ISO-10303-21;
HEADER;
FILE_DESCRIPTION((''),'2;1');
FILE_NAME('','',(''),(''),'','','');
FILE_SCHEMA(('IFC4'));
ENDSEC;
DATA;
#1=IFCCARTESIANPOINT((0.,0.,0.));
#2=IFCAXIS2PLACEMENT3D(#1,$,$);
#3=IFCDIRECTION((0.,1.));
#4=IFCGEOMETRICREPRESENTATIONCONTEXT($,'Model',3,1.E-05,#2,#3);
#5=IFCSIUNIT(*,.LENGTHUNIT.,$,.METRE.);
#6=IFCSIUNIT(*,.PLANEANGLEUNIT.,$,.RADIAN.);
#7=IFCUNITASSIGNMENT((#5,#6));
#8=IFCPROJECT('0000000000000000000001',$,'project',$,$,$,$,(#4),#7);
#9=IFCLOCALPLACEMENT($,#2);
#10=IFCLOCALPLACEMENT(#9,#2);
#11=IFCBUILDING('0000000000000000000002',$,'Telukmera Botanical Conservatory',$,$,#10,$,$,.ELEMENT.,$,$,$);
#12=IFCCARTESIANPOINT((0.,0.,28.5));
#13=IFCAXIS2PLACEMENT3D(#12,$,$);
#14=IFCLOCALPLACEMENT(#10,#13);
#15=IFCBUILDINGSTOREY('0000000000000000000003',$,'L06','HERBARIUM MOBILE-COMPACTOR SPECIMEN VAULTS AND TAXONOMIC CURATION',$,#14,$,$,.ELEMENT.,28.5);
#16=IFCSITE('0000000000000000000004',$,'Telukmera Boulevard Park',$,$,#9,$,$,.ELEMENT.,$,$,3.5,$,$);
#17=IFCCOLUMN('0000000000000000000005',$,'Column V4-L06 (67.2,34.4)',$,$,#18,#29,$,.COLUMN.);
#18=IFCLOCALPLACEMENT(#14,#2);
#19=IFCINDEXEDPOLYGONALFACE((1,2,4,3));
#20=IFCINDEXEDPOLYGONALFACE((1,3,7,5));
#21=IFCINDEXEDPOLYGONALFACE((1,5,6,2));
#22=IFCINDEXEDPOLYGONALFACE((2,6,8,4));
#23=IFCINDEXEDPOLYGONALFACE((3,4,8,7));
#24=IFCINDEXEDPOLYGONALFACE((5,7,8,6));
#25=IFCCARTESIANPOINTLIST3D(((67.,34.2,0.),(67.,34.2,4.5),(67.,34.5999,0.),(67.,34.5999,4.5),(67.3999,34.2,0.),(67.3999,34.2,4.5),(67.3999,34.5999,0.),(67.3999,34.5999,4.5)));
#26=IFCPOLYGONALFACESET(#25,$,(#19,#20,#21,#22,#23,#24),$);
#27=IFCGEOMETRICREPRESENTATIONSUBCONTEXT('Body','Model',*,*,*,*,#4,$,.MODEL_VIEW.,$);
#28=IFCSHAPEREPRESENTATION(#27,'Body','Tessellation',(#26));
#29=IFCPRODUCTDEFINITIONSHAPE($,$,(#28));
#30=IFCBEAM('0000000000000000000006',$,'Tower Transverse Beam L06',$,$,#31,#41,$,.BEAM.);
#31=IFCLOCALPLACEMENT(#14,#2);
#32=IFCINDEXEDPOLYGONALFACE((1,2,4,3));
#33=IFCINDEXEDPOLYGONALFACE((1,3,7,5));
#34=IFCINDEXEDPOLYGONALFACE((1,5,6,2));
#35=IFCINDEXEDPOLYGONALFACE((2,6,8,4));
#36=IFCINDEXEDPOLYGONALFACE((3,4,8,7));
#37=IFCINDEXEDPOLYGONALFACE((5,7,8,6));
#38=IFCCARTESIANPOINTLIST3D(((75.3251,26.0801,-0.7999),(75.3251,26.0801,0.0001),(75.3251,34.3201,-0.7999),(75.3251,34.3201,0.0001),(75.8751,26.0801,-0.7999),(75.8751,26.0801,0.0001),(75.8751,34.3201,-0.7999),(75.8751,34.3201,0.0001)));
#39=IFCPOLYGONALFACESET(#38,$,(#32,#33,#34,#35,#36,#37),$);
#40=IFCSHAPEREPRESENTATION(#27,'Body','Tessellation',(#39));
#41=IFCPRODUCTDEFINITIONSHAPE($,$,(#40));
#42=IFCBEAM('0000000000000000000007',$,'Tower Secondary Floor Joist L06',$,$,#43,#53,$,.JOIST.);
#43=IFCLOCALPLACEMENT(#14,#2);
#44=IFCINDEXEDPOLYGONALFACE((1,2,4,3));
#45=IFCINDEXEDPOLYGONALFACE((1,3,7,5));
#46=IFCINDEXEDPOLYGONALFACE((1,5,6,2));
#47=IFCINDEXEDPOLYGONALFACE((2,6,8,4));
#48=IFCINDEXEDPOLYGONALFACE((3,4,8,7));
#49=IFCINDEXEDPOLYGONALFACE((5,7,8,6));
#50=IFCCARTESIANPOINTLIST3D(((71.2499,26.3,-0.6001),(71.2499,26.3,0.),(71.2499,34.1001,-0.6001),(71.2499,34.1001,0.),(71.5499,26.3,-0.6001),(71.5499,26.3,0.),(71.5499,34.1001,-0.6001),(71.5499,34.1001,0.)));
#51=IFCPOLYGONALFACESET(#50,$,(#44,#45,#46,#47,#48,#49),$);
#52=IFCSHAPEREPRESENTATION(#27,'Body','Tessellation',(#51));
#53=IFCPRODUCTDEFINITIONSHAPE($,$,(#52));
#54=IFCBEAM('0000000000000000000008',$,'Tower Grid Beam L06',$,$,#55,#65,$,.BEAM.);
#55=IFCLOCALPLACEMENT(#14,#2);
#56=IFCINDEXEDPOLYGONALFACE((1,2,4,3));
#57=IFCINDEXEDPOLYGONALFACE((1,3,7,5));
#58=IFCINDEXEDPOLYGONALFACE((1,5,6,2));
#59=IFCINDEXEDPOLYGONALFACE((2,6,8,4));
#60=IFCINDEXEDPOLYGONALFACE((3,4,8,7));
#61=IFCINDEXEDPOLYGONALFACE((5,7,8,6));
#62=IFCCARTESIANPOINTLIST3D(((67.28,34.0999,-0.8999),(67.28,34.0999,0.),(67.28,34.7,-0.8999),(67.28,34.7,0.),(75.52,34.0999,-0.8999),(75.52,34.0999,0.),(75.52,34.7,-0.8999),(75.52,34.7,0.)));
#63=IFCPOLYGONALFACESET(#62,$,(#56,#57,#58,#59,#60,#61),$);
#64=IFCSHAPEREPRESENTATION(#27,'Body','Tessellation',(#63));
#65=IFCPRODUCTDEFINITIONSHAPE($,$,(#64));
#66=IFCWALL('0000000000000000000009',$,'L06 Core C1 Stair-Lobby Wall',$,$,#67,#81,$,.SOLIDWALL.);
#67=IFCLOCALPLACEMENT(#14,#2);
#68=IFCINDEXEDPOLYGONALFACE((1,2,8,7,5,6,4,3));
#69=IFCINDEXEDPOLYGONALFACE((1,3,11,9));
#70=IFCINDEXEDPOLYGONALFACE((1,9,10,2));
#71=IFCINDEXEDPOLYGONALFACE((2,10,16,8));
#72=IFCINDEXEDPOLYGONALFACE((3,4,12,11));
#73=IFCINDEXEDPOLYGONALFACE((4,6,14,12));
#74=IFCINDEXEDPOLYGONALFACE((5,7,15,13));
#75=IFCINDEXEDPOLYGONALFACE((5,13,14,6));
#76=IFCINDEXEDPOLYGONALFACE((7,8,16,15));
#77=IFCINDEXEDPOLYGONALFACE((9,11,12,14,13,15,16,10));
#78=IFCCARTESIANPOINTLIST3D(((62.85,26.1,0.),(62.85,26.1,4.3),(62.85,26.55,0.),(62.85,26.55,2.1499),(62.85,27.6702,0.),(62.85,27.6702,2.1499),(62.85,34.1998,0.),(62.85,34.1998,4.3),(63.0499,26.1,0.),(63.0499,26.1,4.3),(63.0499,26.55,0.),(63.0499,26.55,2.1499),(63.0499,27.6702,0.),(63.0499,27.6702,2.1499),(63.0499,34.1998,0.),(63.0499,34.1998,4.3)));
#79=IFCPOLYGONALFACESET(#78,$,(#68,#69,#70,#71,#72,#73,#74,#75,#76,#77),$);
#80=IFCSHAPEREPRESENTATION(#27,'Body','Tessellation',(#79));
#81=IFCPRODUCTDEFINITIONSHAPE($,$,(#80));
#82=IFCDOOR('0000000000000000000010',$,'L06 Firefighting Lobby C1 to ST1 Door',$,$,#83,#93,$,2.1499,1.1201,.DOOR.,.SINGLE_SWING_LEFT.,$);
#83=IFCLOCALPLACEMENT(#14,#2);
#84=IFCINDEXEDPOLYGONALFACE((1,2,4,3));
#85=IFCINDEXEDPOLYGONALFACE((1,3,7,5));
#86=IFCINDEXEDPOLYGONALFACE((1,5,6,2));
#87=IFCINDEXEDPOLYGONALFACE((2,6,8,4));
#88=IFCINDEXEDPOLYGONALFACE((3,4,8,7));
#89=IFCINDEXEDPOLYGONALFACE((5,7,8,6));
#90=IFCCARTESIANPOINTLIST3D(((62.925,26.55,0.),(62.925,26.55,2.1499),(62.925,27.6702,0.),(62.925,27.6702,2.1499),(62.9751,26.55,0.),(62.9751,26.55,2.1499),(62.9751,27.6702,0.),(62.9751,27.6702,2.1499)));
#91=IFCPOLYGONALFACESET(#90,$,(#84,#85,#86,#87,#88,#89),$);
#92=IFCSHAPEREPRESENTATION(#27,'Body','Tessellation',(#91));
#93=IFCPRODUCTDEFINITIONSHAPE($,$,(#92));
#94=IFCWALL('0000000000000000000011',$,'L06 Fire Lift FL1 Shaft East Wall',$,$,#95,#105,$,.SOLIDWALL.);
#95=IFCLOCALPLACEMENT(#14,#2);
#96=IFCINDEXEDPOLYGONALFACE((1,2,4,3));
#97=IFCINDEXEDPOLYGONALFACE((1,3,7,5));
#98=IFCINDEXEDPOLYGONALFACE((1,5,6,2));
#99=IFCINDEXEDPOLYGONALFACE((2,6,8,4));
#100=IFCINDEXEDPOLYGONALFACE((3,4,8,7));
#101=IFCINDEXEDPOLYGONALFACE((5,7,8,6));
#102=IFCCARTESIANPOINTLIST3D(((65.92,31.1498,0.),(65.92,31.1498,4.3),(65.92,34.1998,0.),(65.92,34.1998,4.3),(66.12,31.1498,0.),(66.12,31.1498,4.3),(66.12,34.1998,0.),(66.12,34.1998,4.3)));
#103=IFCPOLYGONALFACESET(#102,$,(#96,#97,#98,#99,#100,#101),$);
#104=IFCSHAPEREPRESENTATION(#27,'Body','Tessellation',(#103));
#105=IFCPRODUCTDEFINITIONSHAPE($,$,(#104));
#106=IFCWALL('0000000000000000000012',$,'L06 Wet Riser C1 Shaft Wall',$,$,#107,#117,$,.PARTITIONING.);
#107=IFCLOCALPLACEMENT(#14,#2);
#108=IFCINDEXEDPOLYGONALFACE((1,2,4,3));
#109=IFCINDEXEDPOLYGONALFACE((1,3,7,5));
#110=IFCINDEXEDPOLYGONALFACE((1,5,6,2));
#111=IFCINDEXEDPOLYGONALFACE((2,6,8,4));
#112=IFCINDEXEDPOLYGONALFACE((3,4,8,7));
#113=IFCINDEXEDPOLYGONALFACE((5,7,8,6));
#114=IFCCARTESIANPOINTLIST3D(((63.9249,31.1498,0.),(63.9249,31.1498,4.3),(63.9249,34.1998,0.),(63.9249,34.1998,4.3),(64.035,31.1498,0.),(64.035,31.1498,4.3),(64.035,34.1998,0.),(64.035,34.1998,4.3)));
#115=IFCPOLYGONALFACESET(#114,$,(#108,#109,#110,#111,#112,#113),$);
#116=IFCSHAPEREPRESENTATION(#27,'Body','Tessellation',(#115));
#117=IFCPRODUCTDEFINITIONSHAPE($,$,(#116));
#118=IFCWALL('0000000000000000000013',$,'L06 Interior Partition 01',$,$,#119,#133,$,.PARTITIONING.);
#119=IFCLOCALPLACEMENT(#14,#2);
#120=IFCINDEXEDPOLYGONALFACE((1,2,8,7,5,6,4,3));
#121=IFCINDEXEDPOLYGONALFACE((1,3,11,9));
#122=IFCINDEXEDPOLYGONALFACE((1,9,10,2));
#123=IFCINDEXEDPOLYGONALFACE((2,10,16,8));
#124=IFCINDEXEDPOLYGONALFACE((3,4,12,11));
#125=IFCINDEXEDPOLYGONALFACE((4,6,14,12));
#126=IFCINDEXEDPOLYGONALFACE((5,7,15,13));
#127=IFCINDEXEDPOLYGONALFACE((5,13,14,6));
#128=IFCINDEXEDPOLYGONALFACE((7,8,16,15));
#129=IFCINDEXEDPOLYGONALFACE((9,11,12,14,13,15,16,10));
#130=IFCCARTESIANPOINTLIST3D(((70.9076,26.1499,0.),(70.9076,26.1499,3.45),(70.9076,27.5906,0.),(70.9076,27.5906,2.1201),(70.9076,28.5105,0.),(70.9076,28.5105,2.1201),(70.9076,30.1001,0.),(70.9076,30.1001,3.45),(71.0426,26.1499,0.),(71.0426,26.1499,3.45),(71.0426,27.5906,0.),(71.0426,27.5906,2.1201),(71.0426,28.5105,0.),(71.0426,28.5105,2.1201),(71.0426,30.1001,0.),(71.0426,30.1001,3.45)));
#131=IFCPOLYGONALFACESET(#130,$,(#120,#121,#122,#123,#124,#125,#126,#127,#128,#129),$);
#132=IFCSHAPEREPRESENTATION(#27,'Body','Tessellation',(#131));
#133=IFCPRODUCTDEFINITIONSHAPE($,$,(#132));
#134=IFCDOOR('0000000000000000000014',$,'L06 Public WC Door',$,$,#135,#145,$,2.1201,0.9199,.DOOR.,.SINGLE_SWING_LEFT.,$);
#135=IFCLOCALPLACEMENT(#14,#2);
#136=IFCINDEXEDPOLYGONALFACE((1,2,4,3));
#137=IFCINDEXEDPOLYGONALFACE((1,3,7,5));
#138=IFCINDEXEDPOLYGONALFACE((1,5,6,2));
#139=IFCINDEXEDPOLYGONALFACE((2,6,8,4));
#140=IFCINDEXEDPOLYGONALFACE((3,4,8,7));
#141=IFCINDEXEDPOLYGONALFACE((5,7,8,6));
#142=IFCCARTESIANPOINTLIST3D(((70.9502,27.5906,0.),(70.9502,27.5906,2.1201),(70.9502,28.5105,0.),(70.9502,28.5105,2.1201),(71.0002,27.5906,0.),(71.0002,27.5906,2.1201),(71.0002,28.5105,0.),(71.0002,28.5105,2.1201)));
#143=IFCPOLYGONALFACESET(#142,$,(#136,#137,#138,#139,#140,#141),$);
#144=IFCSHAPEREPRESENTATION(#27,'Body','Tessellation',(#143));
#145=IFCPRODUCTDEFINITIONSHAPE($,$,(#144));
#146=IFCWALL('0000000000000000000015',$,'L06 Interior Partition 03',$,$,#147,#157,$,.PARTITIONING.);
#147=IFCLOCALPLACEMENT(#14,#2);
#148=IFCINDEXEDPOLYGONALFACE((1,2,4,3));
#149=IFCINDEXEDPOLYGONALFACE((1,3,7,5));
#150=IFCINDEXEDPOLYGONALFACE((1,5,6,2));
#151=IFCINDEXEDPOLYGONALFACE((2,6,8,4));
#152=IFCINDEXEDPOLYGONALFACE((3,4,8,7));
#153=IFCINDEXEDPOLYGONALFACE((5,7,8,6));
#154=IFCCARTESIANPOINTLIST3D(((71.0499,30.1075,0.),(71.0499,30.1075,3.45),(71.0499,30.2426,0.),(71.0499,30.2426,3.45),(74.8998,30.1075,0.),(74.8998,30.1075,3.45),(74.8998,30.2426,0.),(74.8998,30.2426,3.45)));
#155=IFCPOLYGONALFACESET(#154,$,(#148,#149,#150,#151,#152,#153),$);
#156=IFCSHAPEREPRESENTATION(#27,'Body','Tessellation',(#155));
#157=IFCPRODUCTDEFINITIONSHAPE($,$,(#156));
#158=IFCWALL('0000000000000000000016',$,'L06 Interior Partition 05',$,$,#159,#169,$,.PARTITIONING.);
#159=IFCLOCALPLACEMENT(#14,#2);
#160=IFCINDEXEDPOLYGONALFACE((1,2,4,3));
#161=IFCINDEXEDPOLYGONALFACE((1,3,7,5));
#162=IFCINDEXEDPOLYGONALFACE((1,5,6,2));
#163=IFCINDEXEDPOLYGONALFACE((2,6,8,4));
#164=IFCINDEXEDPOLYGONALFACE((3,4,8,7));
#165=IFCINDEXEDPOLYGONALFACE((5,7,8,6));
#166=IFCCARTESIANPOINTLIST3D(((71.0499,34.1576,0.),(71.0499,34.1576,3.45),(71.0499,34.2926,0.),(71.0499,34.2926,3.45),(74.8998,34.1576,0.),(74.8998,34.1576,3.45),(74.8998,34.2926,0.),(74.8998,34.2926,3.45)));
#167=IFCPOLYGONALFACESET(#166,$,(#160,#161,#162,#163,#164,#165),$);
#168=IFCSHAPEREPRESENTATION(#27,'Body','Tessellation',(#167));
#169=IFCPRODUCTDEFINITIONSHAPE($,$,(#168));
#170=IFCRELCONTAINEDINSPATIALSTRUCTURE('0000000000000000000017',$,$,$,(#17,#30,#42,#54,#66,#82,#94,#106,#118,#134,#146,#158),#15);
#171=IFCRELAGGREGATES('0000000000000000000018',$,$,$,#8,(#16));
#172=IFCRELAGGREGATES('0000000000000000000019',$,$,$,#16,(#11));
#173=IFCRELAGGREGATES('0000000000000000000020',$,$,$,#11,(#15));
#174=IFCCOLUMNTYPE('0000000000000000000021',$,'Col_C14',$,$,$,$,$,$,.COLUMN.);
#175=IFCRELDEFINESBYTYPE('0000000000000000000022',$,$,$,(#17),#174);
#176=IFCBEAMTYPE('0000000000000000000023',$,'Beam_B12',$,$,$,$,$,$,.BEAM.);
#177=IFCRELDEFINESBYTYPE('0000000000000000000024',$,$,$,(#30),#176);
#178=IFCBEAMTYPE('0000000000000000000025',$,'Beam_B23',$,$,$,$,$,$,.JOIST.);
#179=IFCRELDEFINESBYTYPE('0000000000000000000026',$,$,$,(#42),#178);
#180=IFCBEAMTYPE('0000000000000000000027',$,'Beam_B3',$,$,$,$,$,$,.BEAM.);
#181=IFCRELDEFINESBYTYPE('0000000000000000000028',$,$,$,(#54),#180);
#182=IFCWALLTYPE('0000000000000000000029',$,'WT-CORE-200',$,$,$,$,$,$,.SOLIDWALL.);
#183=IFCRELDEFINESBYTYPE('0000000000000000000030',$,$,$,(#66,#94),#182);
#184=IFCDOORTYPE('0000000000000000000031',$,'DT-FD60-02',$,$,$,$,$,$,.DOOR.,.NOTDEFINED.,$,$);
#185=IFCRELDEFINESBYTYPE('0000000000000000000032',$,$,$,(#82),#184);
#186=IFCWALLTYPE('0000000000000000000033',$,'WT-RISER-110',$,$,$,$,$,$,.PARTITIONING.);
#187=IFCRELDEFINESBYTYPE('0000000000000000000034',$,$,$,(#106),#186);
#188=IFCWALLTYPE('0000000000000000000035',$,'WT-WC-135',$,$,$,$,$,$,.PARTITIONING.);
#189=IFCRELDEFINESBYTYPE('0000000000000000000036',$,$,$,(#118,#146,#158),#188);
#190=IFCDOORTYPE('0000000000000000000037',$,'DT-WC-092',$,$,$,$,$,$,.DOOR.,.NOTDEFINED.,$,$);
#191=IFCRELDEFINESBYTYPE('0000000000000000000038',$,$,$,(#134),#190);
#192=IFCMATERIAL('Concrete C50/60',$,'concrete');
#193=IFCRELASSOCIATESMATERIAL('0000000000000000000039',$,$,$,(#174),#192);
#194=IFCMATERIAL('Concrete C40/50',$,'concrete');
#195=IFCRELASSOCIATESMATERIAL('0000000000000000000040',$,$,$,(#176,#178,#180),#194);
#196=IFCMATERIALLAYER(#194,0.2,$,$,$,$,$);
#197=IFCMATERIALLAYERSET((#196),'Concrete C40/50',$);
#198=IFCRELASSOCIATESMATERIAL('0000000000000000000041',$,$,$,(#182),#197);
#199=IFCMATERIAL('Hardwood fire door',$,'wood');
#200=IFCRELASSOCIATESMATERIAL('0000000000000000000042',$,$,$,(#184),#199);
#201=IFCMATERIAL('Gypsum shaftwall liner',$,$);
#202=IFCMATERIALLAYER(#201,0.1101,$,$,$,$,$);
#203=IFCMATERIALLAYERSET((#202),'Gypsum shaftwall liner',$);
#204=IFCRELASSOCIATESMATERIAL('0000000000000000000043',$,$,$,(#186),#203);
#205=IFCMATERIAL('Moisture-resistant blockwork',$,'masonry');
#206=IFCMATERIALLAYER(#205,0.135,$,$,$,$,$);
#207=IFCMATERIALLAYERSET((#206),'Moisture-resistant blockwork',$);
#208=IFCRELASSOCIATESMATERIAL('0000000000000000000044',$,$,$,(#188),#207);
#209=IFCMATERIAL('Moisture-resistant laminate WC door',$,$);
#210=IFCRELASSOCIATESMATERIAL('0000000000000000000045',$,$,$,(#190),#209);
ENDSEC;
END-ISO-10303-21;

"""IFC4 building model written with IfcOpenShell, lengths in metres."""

from ifc_helpers import new_model, si_unit, direction, frame, frame_2d, origin, origin_2d, place, context, subcontext, project, spatial, rectangle, extrude, material, layer, layer_set, material_profile, profile_set, type_object, element, fill, save


model = new_model("IFC4")

# Units and contexts
model_context = context("Model", 3, precision=1e-05, world=origin(), true_north=direction((0.0, 1.0)))
body_context = subcontext(model_context, "Body", "Model", "MODEL_VIEW")
ifc_project = project(units=[si_unit("LENGTHUNIT", "METRE"), si_unit("PLANEANGLEUNIT", "RADIAN")], contexts=[model_context])

# Site, building, storey
site_placement = place(None, origin())
site = spatial("IfcSite", under=ifc_project, at=site_placement, Name="Telukmera Boulevard Park", CompositionType="ELEMENT", RefElevation=3.5)
building_placement = place(site_placement, origin())
building = spatial("IfcBuilding", under=site, at=building_placement, Name="Telukmera Botanical Conservatory", CompositionType="ELEMENT")
storey_placement = place(building_placement, frame((0.0, 0.0, 28.5)))
storey = spatial("IfcBuildingStorey", under=building, at=storey_placement, Name="L06", Description="HERBARIUM MOBILE-COMPACTOR SPECIMEN VAULTS AND TAXONOMIC CURATION", CompositionType="ELEMENT", Elevation=28.5)

# Column
ifc_material_1 = material(Name="Concrete C50/60", Category="concrete")
ifc_material_profile_1 = material_profile(ifc_material_1, rectangle(XDim=0.3999, YDim=0.3999, at=origin_2d()), Name="RC 400x400")
ifc_profile_set_1 = profile_set([ifc_material_profile_1], Name="Concrete C50/60")
column_type = type_object("IfcColumnType", Name="Col_C14", PredefinedType="COLUMN", material=ifc_profile_set_1)
column_placement = place(storey_placement, frame((67.2, 34.3999, 0.0), z_axis=(0.0, 0.0, 1.0), x_axis=(1.0, 0.0, 0.0)))
element("IfcColumn", 1, at=column_placement, inside=storey, type_object=column_type, Name="Column V4-L06 (67.2,34.4)", PredefinedType="COLUMN", context=body_context, shape_type="SweptSolid", body=[
    extrude(rectangle(XDim=0.3999, YDim=0.3999, at=origin_2d()), origin(), (0.0, 0.0, 1.0), 4.5),
])

# Beams
ifc_material_2 = material(Name="Concrete C40/50", Category="concrete")
ifc_material_profile_2 = material_profile(ifc_material_2, rectangle(XDim=0.55, YDim=0.8, at=origin_2d()), Name="RC 550x800")
ifc_profile_set_2 = profile_set([ifc_material_profile_2], Name="Concrete C40/50")
beam_type_1 = type_object("IfcBeamType", Name="Beam_B12", PredefinedType="BEAM", material=ifc_profile_set_2)
beam_1_placement = place(storey_placement, frame((75.6001, 26.0801, -0.3999), z_axis=(0.0, 1.0, 0.0), x_axis=(-1.0, 0.0, 0.0)))
element("IfcBeam", 2, at=beam_1_placement, inside=storey, type_object=beam_type_1, Name="Tower Transverse Beam L06", PredefinedType="BEAM", context=body_context, shape_type="SweptSolid", body=[
    extrude(rectangle(XDim=0.55, YDim=0.8, at=origin_2d()), origin(), (0.0, 0.0, 1.0), 8.24),
])
ifc_material_profile_3 = material_profile(ifc_material_2, rectangle(XDim=0.3, YDim=0.6001, at=origin_2d()), Name="RC 300x600")
ifc_profile_set_3 = profile_set([ifc_material_profile_3], Name="Concrete C40/50")
beam_type_2 = type_object("IfcBeamType", Name="Beam_B23", PredefinedType="JOIST", material=ifc_profile_set_3)
beam_2_placement = place(storey_placement, frame((71.3999, 26.3, -0.3), z_axis=(0.0, 1.0, 0.0), x_axis=(-1.0, 0.0, 0.0)))
element("IfcBeam", 3, at=beam_2_placement, inside=storey, type_object=beam_type_2, Name="Tower Secondary Floor Joist L06", PredefinedType="JOIST", context=body_context, shape_type="SweptSolid", body=[
    extrude(rectangle(XDim=0.3, YDim=0.6001, at=origin_2d()), origin(), (0.0, 0.0, 1.0), 7.8),
])
ifc_material_profile_4 = material_profile(ifc_material_2, rectangle(XDim=0.6001, YDim=0.8999, at=origin_2d()), Name="RC 600x900")
ifc_profile_set_4 = profile_set([ifc_material_profile_4], Name="Concrete C40/50")
beam_type_3 = type_object("IfcBeamType", Name="Beam_B3", PredefinedType="BEAM", material=ifc_profile_set_4)
beam_3_placement = place(storey_placement, frame((67.28, 34.3999, -0.45), z_axis=(1.0, 0.0, 0.0), x_axis=(0.0, 1.0, 0.0)))
element("IfcBeam", 4, at=beam_3_placement, inside=storey, type_object=beam_type_3, Name="Tower Grid Beam L06", PredefinedType="BEAM", context=body_context, shape_type="SweptSolid", body=[
    extrude(rectangle(XDim=0.6001, YDim=0.8999, at=origin_2d()), origin(), (0.0, 0.0, 1.0), 8.24),
])

# Wall, opening, door
ifc_layer_1 = layer(ifc_material_2, 0.2)
ifc_layer_set_1 = layer_set([ifc_layer_1], Name="Concrete C40/50")
wall_type_1 = type_object("IfcWallType", Name="WT-CORE-200", PredefinedType="SOLIDWALL", material=ifc_layer_set_1)
wall_1_placement = place(storey_placement, frame((62.95, 26.1001, 0.0), z_axis=(0.0, 0.0, 1.0), x_axis=(0.0, 1.0, 0.0)))
wall_1 = element("IfcWall", 5, at=wall_1_placement, inside=storey, type_object=wall_type_1, Name="L06 Core C1 Stair-Lobby Wall", PredefinedType="SOLIDWALL", context=body_context, shape_type="SweptSolid", body=[
    extrude(rectangle(XDim=8.0999, YDim=0.2, at=frame_2d((4.0498, 0.0))), origin(), (0.0, 0.0, 1.0), 4.3),
])
opening_1_placement = place(wall_1_placement, frame((0.45, 0.0, 0.0)))
opening_1 = element("IfcOpeningElement", 6, at=opening_1_placement, cuts=wall_1, PredefinedType="OPENING", context=body_context, shape_type="SweptSolid", body=[
    extrude(rectangle(XDim=1.1201, YDim=2.1499, at=frame_2d((0.5601, 1.075))), frame((0.0, 0.1099, 0.0), z_axis=(0.0, -1.0, 0.0), x_axis=(1.0, 0.0, 0.0)), (0.0, 0.0, 1.0), 0.22),
])
ifc_material_3 = material(Name="Hardwood fire door", Category="wood")
door_type_1 = type_object("IfcDoorType", Name="DT-FD60-02", OperationType="NOTDEFINED", PredefinedType="DOOR", material=ifc_material_3)
door_1_placement = place(opening_1_placement, origin())
door_1 = element("IfcDoor", 7, at=door_1_placement, inside=storey, type_object=door_type_1, Name="L06 Firefighting Lobby C1 to ST1 Door", OperationType="SINGLE_SWING_LEFT", OverallHeight=2.1499, OverallWidth=1.1201, PredefinedType="DOOR", context=body_context, shape_type="SweptSolid", body=[
    extrude(rectangle(XDim=1.1201, YDim=2.1499, at=frame_2d((0.5601, 1.075))), frame((0.0, 0.0249, 0.0), z_axis=(0.0, -1.0, 0.0), x_axis=(1.0, 0.0, 0.0)), (0.0, 0.0, 1.0), 0.05),
])
fill(opening_1, door_1)

# Walls
wall_2_placement = place(storey_placement, frame((66.02, 31.1499, 0.0), z_axis=(0.0, 0.0, 1.0), x_axis=(0.0, 1.0, 0.0)))
element("IfcWall", 8, at=wall_2_placement, inside=storey, type_object=wall_type_1, Name="L06 Fire Lift FL1 Shaft East Wall", PredefinedType="SOLIDWALL", context=body_context, shape_type="SweptSolid", body=[
    extrude(rectangle(XDim=3.05, YDim=0.2, at=frame_2d((1.5249, 0.0))), origin(), (0.0, 0.0, 1.0), 4.3),
])
ifc_material_4 = material(Name="Gypsum shaftwall liner")
ifc_layer_2 = layer(ifc_material_4, 0.1101)
ifc_layer_set_2 = layer_set([ifc_layer_2], Name="Gypsum shaftwall liner")
wall_type_2 = type_object("IfcWallType", Name="WT-RISER-110", PredefinedType="PARTITIONING", material=ifc_layer_set_2)
wall_3_placement = place(storey_placement, frame((63.98, 31.1499, 0.0), z_axis=(0.0, 0.0, 1.0), x_axis=(0.0, 1.0, 0.0)))
element("IfcWall", 9, at=wall_3_placement, inside=storey, type_object=wall_type_2, Name="L06 Wet Riser C1 Shaft Wall", PredefinedType="PARTITIONING", context=body_context, shape_type="SweptSolid", body=[
    extrude(rectangle(XDim=3.05, YDim=0.1101, at=frame_2d((1.5249, 0.0))), origin(), (0.0, 0.0, 1.0), 4.3),
])

# Wall, opening, door
ifc_material_5 = material(Name="Moisture-resistant blockwork", Category="masonry")
ifc_layer_3 = layer(ifc_material_5, 0.135)
ifc_layer_set_3 = layer_set([ifc_layer_3], Name="Moisture-resistant blockwork")
wall_type_3 = type_object("IfcWallType", Name="WT-WC-135", PredefinedType="PARTITIONING", material=ifc_layer_set_3)
wall_4_placement = place(storey_placement, frame((70.9751, 26.1499, 0.0), z_axis=(0.0, 0.0, 1.0), x_axis=(0.0, 1.0, 0.0)))
wall_4 = element("IfcWall", 10, at=wall_4_placement, inside=storey, type_object=wall_type_3, Name="L06 Interior Partition 01", PredefinedType="PARTITIONING", context=body_context, shape_type="SweptSolid", body=[
    extrude(rectangle(XDim=3.9502, YDim=0.135, at=frame_2d((1.9751, 0.0))), origin(), (0.0, 0.0, 1.0), 3.45),
])
opening_2_placement = place(wall_4_placement, frame((1.4407, 0.0, 0.0)))
opening_2 = element("IfcOpeningElement", 11, at=opening_2_placement, cuts=wall_4, PredefinedType="OPENING", context=body_context, shape_type="SweptSolid", body=[
    extrude(rectangle(XDim=0.9199, YDim=2.1201, at=frame_2d((0.46, 1.0601))), frame((0.0, 0.0774, 0.0), z_axis=(0.0, -1.0, 0.0), x_axis=(1.0, 0.0, 0.0)), (0.0, 0.0, 1.0), 0.155),
])
ifc_material_6 = material(Name="Moisture-resistant laminate WC door")
door_type_2 = type_object("IfcDoorType", Name="DT-WC-092", OperationType="NOTDEFINED", PredefinedType="DOOR", material=ifc_material_6)
door_2_placement = place(opening_2_placement, origin())
door_2 = element("IfcDoor", 12, at=door_2_placement, inside=storey, type_object=door_type_2, Name="L06 Public WC Door", OperationType="SINGLE_SWING_LEFT", OverallHeight=2.1201, OverallWidth=0.9199, PredefinedType="DOOR", context=body_context, shape_type="SweptSolid", body=[
    extrude(rectangle(XDim=0.9199, YDim=2.1201, at=frame_2d((0.46, 1.0601))), frame((0.0, 0.0249, 0.0), z_axis=(0.0, -1.0, 0.0), x_axis=(1.0, 0.0, 0.0)), (0.0, 0.0, 1.0), 0.05),
])
fill(opening_2, door_2)

# Walls
for number, where, z_axis, x_axis, name in (
    (13, (71.05, 30.175, 0.0), (0.0, 0.0, 1.0), (1.0, 0.0, 0.0), "L06 Interior Partition 03"),
    (14, (71.05, 34.2251, 0.0), (0.0, 0.0, 1.0), (1.0, 0.0, 0.0), "L06 Interior Partition 05"),
):
    element("IfcWall", number, at=place(storey_placement, frame(where, z_axis=z_axis, x_axis=x_axis)), inside=storey, type_object=wall_type_3, Name=name, PredefinedType="PARTITIONING", context=body_context, shape_type="SweptSolid", body=[
        extrude(rectangle(XDim=3.8499, YDim=0.135, at=frame_2d((1.9248, 0.0))), origin(), (0.0, 0.0, 1.0), 3.45),
    ])

save(model, "model.ifc")
